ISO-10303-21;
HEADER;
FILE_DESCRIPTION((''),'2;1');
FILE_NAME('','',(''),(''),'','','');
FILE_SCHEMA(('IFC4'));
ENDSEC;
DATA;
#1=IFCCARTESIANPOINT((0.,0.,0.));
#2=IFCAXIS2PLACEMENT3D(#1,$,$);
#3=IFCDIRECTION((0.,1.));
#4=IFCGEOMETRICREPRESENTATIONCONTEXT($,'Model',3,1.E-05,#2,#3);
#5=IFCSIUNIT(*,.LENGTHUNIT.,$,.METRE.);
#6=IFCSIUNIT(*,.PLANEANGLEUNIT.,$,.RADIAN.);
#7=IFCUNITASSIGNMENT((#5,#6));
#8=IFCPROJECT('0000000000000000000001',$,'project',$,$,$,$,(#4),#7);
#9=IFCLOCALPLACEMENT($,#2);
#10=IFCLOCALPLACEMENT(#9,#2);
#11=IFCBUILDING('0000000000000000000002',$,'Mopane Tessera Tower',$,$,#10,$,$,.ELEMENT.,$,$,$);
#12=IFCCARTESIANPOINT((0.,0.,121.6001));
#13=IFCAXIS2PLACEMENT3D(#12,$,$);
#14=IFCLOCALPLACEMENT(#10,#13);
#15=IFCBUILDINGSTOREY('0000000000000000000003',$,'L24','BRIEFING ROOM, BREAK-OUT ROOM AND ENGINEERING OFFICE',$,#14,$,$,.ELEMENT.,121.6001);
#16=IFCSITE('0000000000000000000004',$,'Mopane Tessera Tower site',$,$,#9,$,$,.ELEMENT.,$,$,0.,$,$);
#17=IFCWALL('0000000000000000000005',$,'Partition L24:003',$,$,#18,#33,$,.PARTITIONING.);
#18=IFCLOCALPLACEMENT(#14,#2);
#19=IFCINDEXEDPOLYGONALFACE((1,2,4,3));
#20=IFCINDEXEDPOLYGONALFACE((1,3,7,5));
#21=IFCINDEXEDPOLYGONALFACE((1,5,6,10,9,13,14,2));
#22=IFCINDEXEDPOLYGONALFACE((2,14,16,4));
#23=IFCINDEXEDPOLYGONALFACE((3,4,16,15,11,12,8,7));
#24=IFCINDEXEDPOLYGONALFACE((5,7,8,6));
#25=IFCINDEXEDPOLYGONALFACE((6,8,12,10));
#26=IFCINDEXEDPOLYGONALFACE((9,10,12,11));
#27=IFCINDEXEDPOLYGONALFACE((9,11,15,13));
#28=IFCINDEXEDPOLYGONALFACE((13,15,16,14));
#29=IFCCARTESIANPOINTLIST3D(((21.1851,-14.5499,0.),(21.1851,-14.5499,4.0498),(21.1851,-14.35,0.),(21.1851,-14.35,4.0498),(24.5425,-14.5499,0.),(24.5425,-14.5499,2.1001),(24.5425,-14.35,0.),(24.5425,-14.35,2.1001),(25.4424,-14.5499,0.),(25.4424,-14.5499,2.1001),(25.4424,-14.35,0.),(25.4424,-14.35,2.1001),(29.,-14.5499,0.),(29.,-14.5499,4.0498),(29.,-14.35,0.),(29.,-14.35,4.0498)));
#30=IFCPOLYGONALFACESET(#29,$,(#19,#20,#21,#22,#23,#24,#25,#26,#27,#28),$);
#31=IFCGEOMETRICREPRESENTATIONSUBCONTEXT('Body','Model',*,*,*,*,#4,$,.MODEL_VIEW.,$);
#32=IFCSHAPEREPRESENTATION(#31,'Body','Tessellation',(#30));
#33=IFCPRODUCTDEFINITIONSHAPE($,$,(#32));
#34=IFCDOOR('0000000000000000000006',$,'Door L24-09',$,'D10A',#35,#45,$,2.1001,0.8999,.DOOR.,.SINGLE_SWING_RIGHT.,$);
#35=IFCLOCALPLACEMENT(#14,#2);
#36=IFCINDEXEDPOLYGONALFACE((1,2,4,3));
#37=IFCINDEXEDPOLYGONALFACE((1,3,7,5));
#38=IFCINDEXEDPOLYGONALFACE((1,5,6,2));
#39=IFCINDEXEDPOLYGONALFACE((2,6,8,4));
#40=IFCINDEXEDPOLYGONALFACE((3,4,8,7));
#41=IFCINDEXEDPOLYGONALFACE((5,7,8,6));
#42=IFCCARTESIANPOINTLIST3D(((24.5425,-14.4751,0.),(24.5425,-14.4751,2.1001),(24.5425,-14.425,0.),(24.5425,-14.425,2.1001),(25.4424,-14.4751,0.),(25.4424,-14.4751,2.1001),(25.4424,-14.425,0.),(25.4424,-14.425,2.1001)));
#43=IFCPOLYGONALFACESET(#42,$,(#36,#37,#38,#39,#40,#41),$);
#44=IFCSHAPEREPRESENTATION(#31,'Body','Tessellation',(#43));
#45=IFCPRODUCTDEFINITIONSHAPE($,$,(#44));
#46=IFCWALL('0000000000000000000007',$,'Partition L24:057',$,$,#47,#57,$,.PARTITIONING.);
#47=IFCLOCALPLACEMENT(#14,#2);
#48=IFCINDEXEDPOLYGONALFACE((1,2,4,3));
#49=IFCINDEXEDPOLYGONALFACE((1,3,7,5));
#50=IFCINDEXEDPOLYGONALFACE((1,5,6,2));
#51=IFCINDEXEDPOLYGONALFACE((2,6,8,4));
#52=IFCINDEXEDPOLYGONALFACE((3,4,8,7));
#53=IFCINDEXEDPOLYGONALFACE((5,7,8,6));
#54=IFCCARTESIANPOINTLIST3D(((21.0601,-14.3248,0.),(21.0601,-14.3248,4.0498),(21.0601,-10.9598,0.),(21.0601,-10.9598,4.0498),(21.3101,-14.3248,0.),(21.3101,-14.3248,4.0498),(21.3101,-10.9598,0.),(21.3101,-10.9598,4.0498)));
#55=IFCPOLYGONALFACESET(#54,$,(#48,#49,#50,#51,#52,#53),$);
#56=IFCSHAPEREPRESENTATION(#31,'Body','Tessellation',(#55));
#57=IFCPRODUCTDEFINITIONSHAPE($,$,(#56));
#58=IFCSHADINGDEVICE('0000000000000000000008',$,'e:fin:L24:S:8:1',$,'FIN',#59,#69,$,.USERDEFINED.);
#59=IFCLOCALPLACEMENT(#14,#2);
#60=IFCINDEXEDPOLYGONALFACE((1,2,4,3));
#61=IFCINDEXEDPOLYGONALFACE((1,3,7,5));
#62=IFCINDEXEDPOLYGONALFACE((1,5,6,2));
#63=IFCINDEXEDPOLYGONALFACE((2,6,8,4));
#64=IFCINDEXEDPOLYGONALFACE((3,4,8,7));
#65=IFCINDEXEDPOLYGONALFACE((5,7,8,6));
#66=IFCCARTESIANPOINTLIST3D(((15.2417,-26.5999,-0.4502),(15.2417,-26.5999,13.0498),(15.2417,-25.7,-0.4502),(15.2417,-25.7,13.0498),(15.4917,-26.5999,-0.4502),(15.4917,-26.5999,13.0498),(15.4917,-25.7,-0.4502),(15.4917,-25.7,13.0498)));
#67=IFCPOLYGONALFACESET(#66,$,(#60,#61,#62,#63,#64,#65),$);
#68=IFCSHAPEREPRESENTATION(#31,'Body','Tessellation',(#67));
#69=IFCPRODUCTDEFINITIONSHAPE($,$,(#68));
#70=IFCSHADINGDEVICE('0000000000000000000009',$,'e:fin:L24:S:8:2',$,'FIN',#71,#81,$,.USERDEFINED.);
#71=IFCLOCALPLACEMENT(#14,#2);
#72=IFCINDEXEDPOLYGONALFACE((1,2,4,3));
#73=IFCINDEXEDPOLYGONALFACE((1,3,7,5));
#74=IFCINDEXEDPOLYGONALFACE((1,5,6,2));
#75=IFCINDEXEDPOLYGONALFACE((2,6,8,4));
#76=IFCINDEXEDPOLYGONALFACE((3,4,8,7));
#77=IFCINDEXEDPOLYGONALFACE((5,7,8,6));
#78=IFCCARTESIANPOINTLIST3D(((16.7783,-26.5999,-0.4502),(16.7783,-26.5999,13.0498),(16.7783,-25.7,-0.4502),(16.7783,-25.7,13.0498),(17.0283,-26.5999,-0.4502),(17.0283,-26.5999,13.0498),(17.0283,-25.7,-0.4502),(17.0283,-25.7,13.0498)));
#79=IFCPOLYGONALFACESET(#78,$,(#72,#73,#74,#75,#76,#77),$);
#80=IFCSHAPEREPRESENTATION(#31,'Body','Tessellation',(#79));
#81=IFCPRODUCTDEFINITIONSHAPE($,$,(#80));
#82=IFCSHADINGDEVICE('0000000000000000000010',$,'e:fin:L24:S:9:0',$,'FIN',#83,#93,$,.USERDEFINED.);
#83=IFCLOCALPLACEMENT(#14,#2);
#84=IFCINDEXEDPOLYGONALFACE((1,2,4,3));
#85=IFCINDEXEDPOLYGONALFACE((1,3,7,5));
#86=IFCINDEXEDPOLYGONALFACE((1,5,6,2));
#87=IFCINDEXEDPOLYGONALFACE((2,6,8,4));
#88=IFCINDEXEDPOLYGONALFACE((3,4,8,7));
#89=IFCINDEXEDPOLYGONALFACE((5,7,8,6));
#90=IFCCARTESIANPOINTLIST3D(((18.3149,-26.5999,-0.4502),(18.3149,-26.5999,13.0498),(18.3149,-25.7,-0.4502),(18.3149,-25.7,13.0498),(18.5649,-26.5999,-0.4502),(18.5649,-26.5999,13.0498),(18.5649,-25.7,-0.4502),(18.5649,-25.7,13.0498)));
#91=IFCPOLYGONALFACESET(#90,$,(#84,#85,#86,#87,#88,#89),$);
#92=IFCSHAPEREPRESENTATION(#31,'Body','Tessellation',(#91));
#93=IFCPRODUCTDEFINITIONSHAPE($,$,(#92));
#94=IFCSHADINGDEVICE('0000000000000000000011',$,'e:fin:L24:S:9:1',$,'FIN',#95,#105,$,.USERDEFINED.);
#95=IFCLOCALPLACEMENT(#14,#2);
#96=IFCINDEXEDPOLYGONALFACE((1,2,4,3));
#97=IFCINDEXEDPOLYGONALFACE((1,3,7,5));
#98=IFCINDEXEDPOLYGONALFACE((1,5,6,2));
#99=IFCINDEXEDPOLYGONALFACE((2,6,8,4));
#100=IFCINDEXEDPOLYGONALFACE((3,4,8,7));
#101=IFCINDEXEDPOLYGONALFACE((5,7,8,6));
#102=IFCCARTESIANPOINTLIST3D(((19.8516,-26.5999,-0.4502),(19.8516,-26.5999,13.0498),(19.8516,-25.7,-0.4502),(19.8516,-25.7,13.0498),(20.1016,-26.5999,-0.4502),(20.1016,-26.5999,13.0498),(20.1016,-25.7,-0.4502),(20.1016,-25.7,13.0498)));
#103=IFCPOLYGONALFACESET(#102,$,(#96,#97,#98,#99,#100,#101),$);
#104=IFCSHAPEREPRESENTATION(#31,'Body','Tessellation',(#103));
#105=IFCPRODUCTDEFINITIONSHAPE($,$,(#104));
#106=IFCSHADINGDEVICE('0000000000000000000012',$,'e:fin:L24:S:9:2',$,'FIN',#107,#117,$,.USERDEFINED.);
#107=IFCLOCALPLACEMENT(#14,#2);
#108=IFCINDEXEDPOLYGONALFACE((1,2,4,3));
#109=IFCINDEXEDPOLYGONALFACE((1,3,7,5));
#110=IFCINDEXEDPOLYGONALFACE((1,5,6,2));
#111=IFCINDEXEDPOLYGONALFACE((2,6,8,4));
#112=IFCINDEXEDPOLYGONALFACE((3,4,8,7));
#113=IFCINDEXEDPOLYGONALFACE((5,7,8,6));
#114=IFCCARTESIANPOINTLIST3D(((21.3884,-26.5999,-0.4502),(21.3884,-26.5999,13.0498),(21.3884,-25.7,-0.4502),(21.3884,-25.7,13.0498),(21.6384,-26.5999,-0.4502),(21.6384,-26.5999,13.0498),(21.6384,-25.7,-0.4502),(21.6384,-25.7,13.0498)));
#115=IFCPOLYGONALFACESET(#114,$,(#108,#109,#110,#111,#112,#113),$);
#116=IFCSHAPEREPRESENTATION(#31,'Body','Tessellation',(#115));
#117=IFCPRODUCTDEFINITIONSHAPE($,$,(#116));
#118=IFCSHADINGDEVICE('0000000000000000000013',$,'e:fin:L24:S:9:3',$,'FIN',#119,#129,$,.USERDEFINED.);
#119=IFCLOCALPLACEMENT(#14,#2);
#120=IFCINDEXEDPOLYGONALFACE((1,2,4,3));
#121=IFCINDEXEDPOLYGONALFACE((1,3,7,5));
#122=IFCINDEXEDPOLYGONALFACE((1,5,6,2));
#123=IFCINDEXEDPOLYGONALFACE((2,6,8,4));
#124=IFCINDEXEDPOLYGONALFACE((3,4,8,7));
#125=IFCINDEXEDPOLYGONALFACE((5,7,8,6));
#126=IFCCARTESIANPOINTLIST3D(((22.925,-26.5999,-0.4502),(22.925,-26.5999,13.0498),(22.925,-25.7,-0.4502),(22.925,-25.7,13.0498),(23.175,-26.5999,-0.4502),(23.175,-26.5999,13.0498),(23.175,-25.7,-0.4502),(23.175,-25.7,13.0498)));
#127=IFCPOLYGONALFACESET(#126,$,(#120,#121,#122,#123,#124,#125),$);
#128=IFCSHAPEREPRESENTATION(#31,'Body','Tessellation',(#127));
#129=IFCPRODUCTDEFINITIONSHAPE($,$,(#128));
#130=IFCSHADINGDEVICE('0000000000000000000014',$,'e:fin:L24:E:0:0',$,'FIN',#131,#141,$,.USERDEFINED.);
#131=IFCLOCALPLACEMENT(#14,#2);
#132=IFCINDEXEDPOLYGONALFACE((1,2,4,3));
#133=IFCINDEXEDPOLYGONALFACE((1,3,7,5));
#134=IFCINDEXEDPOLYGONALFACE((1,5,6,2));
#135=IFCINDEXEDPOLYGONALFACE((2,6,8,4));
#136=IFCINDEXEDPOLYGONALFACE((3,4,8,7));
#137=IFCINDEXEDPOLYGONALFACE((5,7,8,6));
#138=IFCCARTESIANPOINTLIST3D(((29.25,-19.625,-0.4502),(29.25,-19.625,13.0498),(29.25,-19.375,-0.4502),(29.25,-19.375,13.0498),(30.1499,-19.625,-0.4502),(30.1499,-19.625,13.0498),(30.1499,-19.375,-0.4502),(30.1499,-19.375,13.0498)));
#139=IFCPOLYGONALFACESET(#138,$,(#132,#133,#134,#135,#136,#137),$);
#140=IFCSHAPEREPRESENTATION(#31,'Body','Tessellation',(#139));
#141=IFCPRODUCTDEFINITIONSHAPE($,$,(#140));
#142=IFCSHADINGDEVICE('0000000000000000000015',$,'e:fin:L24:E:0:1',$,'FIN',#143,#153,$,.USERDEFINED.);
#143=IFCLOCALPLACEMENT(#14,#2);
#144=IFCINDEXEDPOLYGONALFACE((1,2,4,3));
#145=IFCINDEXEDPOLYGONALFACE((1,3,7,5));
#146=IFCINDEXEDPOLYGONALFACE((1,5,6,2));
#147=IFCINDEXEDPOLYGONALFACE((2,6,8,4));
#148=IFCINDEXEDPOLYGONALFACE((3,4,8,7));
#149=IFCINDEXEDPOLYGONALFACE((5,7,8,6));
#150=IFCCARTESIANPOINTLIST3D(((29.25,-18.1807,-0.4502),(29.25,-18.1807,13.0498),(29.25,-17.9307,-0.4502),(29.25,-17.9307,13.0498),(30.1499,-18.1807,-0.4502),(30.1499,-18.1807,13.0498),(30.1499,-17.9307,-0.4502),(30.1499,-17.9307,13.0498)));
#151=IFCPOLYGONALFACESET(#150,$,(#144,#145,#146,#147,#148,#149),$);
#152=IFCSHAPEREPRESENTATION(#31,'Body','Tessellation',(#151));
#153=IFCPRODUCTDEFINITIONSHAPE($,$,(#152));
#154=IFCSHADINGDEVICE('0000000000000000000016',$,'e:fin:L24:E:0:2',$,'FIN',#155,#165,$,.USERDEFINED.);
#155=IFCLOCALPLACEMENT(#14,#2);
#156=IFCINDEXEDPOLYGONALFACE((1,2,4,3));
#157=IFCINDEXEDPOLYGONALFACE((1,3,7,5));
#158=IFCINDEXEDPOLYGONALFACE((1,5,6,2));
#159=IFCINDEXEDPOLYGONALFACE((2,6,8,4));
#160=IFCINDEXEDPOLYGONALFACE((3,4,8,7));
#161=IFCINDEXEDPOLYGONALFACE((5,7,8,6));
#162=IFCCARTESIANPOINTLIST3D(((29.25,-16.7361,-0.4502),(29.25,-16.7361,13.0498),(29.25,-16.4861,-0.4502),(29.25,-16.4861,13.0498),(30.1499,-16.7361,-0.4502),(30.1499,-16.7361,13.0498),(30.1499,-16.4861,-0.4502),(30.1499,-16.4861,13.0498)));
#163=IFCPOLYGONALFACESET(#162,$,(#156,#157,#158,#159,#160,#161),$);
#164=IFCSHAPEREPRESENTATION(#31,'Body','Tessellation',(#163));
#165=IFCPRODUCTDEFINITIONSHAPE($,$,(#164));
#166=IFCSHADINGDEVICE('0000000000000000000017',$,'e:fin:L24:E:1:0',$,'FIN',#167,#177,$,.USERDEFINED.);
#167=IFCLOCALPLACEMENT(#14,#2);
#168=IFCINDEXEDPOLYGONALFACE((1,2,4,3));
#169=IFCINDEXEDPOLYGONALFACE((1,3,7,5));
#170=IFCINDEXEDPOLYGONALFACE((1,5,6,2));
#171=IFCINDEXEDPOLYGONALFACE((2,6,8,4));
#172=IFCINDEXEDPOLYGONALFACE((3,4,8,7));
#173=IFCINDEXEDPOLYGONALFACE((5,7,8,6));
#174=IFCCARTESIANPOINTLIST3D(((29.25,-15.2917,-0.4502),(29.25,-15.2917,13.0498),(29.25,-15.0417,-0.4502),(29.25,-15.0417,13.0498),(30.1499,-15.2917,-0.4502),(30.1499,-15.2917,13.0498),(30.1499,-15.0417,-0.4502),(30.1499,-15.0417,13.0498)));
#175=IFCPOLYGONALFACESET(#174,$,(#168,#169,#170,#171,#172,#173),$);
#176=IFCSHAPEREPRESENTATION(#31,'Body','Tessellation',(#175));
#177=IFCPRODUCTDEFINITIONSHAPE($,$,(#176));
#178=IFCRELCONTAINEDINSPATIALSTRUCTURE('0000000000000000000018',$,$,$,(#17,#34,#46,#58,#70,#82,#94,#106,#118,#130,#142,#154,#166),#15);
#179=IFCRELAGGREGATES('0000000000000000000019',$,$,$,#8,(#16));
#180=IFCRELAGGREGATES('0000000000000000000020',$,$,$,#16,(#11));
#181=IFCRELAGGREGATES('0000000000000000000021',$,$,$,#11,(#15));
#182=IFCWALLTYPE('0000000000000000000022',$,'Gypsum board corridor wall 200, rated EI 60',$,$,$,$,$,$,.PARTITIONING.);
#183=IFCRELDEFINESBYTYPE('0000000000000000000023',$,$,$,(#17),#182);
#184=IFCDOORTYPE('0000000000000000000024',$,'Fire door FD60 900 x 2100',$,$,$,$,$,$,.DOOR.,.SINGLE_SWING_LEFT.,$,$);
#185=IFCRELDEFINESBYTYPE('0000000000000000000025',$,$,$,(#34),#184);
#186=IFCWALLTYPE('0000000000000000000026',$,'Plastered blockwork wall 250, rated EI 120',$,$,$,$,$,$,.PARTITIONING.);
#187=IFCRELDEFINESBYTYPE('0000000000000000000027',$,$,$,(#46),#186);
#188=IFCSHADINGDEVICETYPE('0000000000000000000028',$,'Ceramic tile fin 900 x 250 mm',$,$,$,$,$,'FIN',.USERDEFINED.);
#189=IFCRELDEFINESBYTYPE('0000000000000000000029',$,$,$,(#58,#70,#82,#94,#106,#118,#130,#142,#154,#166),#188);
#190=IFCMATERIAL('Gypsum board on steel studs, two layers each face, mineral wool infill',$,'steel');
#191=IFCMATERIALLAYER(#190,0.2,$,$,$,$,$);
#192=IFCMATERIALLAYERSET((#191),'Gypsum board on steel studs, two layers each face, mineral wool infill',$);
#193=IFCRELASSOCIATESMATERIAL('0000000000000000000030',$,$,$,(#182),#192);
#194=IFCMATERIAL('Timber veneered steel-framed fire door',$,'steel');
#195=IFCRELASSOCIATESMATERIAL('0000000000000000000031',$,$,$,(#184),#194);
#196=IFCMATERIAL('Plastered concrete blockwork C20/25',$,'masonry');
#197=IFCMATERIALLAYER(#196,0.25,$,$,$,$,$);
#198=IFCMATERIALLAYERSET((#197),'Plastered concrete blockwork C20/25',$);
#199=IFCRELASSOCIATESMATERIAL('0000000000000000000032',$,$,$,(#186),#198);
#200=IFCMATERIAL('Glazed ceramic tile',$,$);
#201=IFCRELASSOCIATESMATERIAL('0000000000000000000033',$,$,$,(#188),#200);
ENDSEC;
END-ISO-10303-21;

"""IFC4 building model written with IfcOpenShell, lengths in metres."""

from ifc_helpers import new_model, si_unit, direction, frame, frame_2d, origin, origin_2d, place, context, subcontext, project, spatial, rectangle, extrude, material, layer, layer_set, type_object, element, fill, save


model = new_model("IFC4")

# Units and contexts
model_context = context("Model", 3, precision=1e-05, world=origin(), true_north=direction((0.0, 1.0)))
body_context = subcontext(model_context, "Body", "Model", "MODEL_VIEW")
ifc_project = project(units=[si_unit("LENGTHUNIT", "METRE"), si_unit("PLANEANGLEUNIT", "RADIAN")], contexts=[model_context])

# Site, building, storey
site_placement = place(None, origin())
site = spatial("IfcSite", under=ifc_project, at=site_placement, Name="Mopane Tessera Tower site", CompositionType="ELEMENT", RefElevation=0.0)
building_placement = place(site_placement, origin())
building = spatial("IfcBuilding", under=site, at=building_placement, Name="Mopane Tessera Tower", CompositionType="ELEMENT")
storey_placement = place(building_placement, frame((0.0, 0.0, 121.6001)))
storey = spatial("IfcBuildingStorey", under=building, at=storey_placement, Name="L24", Description="BRIEFING ROOM, BREAK-OUT ROOM AND ENGINEERING OFFICE", CompositionType="ELEMENT", Elevation=121.6001)

# Wall, opening, door
ifc_material_1 = material(Name="Gypsum board on steel studs, two layers each face, mineral wool infill", Category="steel")
ifc_layer_1 = layer(ifc_material_1, 0.2)
ifc_layer_set_1 = layer_set([ifc_layer_1], Name="Gypsum board on steel studs, two layers each face, mineral wool infill")
wall_type_1 = type_object("IfcWallType", Name="Gypsum board corridor wall 200, rated EI 60", PredefinedType="PARTITIONING", material=ifc_layer_set_1)
wall_1_placement = place(storey_placement, frame((21.1851, -14.45, 0.0), z_axis=(0.0, 0.0, 1.0), x_axis=(1.0, 0.0, 0.0)))
wall_1 = element("IfcWall", 1, at=wall_1_placement, inside=storey, type_object=wall_type_1, Name="Partition L24:003", PredefinedType="PARTITIONING", context=body_context, shape_type="SweptSolid", body=[
    extrude(rectangle(XDim=7.8149, YDim=0.2, at=frame_2d((3.9075, 0.0))), origin(), (0.0, 0.0, 1.0), 4.0498),
])
opening_placement = place(wall_1_placement, frame((3.3574, 0.0, 0.0)))
opening = element("IfcOpeningElement", 2, at=opening_placement, cuts=wall_1, PredefinedType="OPENING", context=body_context, shape_type="SweptSolid", body=[
    extrude(rectangle(XDim=0.8999, YDim=2.1001, at=frame_2d((0.45, 1.05))), frame((0.0, 0.1121, 0.0), z_axis=(0.0, -1.0, 0.0), x_axis=(1.0, 0.0, 0.0)), (0.0, 0.0, 1.0), 0.2239),
])
ifc_material_2 = material(Name="Timber veneered steel-framed fire door", Category="steel")
door_type = type_object("IfcDoorType", Name="Fire door FD60 900 x 2100", OperationType="SINGLE_SWING_LEFT", PredefinedType="DOOR", material=ifc_material_2)
door_placement = place(opening_placement, origin())
door = element("IfcDoor", 3, at=door_placement, inside=storey, type_object=door_type, Name="Door L24-09", ObjectType="D10A", OperationType="SINGLE_SWING_RIGHT", OverallHeight=2.1001, OverallWidth=0.8999, PredefinedType="DOOR", context=body_context, shape_type="SweptSolid", body=[
    extrude(rectangle(XDim=0.8999, YDim=2.1001, at=frame_2d((0.45, 1.05))), frame((0.0, 0.0249, 0.0), z_axis=(0.0, -1.0, 0.0), x_axis=(1.0, 0.0, 0.0)), (0.0, 0.0, 1.0), 0.05),
])
fill(opening, door)

# Wall
ifc_material_3 = material(Name="Plastered concrete blockwork C20/25", Category="masonry")
ifc_layer_2 = layer(ifc_material_3, 0.25)
ifc_layer_set_2 = layer_set([ifc_layer_2], Name="Plastered concrete blockwork C20/25")
wall_type_2 = type_object("IfcWallType", Name="Plastered blockwork wall 250, rated EI 120", PredefinedType="PARTITIONING", material=ifc_layer_set_2)
wall_2_placement = place(storey_placement, frame((21.1851, -14.325, 0.0), z_axis=(0.0, 0.0, 1.0), x_axis=(0.0, 1.0, 0.0)))
element("IfcWall", 4, at=wall_2_placement, inside=storey, type_object=wall_type_2, Name="Partition L24:057", PredefinedType="PARTITIONING", context=body_context, shape_type="SweptSolid", body=[
    extrude(rectangle(XDim=3.365, YDim=0.25, at=frame_2d((1.6826, 0.0))), origin(), (0.0, 0.0, 1.0), 4.0498),
])

# Shading devices
ifc_material_4 = material(Name="Glazed ceramic tile")
shading_device_type = type_object("IfcShadingDeviceType", Name="Ceramic tile fin 900 x 250 mm", ElementType="FIN", PredefinedType="USERDEFINED", material=ifc_material_4)
for number, where, z_axis, x_axis, name in (
    (5, (15.3667, -26.1499, -0.4502), (0.0, 0.0, 1.0), (1.0, 0.0, 0.0), "e:fin:L24:S:8:1"),
    (6, (16.9033, -26.1499, -0.4502), (0.0, 0.0, 1.0), (1.0, 0.0, 0.0), "e:fin:L24:S:8:2"),
    (7, (18.4399, -26.1499, -0.4502), (0.0, 0.0, 1.0), (1.0, 0.0, 0.0), "e:fin:L24:S:9:0"),
    (8, (19.9766, -26.1499, -0.4502), (0.0, 0.0, 1.0), (1.0, 0.0, 0.0), "e:fin:L24:S:9:1"),
    (9, (21.5134, -26.1499, -0.4502), (0.0, 0.0, 1.0), (1.0, 0.0, 0.0), "e:fin:L24:S:9:2"),
    (10, (23.05, -26.1499, -0.4502), (0.0, 0.0, 1.0), (1.0, 0.0, 0.0), "e:fin:L24:S:9:3"),
    (11, (29.7, -19.5, -0.4502), (0.0, 0.0, 1.0), (0.0, 1.0, 0.0), "e:fin:L24:E:0:0"),
    (12, (29.7, -18.0557, -0.4502), (0.0, 0.0, 1.0), (0.0, 1.0, 0.0), "e:fin:L24:E:0:1"),
    (13, (29.7, -16.6111, -0.4502), (0.0, 0.0, 1.0), (0.0, 1.0, 0.0), "e:fin:L24:E:0:2"),
    (14, (29.7, -15.1667, -0.4502), (0.0, 0.0, 1.0), (0.0, 1.0, 0.0), "e:fin:L24:E:1:0"),
):
    element("IfcShadingDevice", number, at=place(storey_placement, frame(where, z_axis=z_axis, x_axis=x_axis)), inside=storey, type_object=shading_device_type, Name=name, ObjectType="FIN", PredefinedType="USERDEFINED", context=body_context, shape_type="SweptSolid", body=[
        extrude(rectangle(XDim=0.25, YDim=0.8999, at=origin_2d()), origin(), (0.0, 0.0, 1.0), 13.5),
    ])

save(model, "model.ifc")
